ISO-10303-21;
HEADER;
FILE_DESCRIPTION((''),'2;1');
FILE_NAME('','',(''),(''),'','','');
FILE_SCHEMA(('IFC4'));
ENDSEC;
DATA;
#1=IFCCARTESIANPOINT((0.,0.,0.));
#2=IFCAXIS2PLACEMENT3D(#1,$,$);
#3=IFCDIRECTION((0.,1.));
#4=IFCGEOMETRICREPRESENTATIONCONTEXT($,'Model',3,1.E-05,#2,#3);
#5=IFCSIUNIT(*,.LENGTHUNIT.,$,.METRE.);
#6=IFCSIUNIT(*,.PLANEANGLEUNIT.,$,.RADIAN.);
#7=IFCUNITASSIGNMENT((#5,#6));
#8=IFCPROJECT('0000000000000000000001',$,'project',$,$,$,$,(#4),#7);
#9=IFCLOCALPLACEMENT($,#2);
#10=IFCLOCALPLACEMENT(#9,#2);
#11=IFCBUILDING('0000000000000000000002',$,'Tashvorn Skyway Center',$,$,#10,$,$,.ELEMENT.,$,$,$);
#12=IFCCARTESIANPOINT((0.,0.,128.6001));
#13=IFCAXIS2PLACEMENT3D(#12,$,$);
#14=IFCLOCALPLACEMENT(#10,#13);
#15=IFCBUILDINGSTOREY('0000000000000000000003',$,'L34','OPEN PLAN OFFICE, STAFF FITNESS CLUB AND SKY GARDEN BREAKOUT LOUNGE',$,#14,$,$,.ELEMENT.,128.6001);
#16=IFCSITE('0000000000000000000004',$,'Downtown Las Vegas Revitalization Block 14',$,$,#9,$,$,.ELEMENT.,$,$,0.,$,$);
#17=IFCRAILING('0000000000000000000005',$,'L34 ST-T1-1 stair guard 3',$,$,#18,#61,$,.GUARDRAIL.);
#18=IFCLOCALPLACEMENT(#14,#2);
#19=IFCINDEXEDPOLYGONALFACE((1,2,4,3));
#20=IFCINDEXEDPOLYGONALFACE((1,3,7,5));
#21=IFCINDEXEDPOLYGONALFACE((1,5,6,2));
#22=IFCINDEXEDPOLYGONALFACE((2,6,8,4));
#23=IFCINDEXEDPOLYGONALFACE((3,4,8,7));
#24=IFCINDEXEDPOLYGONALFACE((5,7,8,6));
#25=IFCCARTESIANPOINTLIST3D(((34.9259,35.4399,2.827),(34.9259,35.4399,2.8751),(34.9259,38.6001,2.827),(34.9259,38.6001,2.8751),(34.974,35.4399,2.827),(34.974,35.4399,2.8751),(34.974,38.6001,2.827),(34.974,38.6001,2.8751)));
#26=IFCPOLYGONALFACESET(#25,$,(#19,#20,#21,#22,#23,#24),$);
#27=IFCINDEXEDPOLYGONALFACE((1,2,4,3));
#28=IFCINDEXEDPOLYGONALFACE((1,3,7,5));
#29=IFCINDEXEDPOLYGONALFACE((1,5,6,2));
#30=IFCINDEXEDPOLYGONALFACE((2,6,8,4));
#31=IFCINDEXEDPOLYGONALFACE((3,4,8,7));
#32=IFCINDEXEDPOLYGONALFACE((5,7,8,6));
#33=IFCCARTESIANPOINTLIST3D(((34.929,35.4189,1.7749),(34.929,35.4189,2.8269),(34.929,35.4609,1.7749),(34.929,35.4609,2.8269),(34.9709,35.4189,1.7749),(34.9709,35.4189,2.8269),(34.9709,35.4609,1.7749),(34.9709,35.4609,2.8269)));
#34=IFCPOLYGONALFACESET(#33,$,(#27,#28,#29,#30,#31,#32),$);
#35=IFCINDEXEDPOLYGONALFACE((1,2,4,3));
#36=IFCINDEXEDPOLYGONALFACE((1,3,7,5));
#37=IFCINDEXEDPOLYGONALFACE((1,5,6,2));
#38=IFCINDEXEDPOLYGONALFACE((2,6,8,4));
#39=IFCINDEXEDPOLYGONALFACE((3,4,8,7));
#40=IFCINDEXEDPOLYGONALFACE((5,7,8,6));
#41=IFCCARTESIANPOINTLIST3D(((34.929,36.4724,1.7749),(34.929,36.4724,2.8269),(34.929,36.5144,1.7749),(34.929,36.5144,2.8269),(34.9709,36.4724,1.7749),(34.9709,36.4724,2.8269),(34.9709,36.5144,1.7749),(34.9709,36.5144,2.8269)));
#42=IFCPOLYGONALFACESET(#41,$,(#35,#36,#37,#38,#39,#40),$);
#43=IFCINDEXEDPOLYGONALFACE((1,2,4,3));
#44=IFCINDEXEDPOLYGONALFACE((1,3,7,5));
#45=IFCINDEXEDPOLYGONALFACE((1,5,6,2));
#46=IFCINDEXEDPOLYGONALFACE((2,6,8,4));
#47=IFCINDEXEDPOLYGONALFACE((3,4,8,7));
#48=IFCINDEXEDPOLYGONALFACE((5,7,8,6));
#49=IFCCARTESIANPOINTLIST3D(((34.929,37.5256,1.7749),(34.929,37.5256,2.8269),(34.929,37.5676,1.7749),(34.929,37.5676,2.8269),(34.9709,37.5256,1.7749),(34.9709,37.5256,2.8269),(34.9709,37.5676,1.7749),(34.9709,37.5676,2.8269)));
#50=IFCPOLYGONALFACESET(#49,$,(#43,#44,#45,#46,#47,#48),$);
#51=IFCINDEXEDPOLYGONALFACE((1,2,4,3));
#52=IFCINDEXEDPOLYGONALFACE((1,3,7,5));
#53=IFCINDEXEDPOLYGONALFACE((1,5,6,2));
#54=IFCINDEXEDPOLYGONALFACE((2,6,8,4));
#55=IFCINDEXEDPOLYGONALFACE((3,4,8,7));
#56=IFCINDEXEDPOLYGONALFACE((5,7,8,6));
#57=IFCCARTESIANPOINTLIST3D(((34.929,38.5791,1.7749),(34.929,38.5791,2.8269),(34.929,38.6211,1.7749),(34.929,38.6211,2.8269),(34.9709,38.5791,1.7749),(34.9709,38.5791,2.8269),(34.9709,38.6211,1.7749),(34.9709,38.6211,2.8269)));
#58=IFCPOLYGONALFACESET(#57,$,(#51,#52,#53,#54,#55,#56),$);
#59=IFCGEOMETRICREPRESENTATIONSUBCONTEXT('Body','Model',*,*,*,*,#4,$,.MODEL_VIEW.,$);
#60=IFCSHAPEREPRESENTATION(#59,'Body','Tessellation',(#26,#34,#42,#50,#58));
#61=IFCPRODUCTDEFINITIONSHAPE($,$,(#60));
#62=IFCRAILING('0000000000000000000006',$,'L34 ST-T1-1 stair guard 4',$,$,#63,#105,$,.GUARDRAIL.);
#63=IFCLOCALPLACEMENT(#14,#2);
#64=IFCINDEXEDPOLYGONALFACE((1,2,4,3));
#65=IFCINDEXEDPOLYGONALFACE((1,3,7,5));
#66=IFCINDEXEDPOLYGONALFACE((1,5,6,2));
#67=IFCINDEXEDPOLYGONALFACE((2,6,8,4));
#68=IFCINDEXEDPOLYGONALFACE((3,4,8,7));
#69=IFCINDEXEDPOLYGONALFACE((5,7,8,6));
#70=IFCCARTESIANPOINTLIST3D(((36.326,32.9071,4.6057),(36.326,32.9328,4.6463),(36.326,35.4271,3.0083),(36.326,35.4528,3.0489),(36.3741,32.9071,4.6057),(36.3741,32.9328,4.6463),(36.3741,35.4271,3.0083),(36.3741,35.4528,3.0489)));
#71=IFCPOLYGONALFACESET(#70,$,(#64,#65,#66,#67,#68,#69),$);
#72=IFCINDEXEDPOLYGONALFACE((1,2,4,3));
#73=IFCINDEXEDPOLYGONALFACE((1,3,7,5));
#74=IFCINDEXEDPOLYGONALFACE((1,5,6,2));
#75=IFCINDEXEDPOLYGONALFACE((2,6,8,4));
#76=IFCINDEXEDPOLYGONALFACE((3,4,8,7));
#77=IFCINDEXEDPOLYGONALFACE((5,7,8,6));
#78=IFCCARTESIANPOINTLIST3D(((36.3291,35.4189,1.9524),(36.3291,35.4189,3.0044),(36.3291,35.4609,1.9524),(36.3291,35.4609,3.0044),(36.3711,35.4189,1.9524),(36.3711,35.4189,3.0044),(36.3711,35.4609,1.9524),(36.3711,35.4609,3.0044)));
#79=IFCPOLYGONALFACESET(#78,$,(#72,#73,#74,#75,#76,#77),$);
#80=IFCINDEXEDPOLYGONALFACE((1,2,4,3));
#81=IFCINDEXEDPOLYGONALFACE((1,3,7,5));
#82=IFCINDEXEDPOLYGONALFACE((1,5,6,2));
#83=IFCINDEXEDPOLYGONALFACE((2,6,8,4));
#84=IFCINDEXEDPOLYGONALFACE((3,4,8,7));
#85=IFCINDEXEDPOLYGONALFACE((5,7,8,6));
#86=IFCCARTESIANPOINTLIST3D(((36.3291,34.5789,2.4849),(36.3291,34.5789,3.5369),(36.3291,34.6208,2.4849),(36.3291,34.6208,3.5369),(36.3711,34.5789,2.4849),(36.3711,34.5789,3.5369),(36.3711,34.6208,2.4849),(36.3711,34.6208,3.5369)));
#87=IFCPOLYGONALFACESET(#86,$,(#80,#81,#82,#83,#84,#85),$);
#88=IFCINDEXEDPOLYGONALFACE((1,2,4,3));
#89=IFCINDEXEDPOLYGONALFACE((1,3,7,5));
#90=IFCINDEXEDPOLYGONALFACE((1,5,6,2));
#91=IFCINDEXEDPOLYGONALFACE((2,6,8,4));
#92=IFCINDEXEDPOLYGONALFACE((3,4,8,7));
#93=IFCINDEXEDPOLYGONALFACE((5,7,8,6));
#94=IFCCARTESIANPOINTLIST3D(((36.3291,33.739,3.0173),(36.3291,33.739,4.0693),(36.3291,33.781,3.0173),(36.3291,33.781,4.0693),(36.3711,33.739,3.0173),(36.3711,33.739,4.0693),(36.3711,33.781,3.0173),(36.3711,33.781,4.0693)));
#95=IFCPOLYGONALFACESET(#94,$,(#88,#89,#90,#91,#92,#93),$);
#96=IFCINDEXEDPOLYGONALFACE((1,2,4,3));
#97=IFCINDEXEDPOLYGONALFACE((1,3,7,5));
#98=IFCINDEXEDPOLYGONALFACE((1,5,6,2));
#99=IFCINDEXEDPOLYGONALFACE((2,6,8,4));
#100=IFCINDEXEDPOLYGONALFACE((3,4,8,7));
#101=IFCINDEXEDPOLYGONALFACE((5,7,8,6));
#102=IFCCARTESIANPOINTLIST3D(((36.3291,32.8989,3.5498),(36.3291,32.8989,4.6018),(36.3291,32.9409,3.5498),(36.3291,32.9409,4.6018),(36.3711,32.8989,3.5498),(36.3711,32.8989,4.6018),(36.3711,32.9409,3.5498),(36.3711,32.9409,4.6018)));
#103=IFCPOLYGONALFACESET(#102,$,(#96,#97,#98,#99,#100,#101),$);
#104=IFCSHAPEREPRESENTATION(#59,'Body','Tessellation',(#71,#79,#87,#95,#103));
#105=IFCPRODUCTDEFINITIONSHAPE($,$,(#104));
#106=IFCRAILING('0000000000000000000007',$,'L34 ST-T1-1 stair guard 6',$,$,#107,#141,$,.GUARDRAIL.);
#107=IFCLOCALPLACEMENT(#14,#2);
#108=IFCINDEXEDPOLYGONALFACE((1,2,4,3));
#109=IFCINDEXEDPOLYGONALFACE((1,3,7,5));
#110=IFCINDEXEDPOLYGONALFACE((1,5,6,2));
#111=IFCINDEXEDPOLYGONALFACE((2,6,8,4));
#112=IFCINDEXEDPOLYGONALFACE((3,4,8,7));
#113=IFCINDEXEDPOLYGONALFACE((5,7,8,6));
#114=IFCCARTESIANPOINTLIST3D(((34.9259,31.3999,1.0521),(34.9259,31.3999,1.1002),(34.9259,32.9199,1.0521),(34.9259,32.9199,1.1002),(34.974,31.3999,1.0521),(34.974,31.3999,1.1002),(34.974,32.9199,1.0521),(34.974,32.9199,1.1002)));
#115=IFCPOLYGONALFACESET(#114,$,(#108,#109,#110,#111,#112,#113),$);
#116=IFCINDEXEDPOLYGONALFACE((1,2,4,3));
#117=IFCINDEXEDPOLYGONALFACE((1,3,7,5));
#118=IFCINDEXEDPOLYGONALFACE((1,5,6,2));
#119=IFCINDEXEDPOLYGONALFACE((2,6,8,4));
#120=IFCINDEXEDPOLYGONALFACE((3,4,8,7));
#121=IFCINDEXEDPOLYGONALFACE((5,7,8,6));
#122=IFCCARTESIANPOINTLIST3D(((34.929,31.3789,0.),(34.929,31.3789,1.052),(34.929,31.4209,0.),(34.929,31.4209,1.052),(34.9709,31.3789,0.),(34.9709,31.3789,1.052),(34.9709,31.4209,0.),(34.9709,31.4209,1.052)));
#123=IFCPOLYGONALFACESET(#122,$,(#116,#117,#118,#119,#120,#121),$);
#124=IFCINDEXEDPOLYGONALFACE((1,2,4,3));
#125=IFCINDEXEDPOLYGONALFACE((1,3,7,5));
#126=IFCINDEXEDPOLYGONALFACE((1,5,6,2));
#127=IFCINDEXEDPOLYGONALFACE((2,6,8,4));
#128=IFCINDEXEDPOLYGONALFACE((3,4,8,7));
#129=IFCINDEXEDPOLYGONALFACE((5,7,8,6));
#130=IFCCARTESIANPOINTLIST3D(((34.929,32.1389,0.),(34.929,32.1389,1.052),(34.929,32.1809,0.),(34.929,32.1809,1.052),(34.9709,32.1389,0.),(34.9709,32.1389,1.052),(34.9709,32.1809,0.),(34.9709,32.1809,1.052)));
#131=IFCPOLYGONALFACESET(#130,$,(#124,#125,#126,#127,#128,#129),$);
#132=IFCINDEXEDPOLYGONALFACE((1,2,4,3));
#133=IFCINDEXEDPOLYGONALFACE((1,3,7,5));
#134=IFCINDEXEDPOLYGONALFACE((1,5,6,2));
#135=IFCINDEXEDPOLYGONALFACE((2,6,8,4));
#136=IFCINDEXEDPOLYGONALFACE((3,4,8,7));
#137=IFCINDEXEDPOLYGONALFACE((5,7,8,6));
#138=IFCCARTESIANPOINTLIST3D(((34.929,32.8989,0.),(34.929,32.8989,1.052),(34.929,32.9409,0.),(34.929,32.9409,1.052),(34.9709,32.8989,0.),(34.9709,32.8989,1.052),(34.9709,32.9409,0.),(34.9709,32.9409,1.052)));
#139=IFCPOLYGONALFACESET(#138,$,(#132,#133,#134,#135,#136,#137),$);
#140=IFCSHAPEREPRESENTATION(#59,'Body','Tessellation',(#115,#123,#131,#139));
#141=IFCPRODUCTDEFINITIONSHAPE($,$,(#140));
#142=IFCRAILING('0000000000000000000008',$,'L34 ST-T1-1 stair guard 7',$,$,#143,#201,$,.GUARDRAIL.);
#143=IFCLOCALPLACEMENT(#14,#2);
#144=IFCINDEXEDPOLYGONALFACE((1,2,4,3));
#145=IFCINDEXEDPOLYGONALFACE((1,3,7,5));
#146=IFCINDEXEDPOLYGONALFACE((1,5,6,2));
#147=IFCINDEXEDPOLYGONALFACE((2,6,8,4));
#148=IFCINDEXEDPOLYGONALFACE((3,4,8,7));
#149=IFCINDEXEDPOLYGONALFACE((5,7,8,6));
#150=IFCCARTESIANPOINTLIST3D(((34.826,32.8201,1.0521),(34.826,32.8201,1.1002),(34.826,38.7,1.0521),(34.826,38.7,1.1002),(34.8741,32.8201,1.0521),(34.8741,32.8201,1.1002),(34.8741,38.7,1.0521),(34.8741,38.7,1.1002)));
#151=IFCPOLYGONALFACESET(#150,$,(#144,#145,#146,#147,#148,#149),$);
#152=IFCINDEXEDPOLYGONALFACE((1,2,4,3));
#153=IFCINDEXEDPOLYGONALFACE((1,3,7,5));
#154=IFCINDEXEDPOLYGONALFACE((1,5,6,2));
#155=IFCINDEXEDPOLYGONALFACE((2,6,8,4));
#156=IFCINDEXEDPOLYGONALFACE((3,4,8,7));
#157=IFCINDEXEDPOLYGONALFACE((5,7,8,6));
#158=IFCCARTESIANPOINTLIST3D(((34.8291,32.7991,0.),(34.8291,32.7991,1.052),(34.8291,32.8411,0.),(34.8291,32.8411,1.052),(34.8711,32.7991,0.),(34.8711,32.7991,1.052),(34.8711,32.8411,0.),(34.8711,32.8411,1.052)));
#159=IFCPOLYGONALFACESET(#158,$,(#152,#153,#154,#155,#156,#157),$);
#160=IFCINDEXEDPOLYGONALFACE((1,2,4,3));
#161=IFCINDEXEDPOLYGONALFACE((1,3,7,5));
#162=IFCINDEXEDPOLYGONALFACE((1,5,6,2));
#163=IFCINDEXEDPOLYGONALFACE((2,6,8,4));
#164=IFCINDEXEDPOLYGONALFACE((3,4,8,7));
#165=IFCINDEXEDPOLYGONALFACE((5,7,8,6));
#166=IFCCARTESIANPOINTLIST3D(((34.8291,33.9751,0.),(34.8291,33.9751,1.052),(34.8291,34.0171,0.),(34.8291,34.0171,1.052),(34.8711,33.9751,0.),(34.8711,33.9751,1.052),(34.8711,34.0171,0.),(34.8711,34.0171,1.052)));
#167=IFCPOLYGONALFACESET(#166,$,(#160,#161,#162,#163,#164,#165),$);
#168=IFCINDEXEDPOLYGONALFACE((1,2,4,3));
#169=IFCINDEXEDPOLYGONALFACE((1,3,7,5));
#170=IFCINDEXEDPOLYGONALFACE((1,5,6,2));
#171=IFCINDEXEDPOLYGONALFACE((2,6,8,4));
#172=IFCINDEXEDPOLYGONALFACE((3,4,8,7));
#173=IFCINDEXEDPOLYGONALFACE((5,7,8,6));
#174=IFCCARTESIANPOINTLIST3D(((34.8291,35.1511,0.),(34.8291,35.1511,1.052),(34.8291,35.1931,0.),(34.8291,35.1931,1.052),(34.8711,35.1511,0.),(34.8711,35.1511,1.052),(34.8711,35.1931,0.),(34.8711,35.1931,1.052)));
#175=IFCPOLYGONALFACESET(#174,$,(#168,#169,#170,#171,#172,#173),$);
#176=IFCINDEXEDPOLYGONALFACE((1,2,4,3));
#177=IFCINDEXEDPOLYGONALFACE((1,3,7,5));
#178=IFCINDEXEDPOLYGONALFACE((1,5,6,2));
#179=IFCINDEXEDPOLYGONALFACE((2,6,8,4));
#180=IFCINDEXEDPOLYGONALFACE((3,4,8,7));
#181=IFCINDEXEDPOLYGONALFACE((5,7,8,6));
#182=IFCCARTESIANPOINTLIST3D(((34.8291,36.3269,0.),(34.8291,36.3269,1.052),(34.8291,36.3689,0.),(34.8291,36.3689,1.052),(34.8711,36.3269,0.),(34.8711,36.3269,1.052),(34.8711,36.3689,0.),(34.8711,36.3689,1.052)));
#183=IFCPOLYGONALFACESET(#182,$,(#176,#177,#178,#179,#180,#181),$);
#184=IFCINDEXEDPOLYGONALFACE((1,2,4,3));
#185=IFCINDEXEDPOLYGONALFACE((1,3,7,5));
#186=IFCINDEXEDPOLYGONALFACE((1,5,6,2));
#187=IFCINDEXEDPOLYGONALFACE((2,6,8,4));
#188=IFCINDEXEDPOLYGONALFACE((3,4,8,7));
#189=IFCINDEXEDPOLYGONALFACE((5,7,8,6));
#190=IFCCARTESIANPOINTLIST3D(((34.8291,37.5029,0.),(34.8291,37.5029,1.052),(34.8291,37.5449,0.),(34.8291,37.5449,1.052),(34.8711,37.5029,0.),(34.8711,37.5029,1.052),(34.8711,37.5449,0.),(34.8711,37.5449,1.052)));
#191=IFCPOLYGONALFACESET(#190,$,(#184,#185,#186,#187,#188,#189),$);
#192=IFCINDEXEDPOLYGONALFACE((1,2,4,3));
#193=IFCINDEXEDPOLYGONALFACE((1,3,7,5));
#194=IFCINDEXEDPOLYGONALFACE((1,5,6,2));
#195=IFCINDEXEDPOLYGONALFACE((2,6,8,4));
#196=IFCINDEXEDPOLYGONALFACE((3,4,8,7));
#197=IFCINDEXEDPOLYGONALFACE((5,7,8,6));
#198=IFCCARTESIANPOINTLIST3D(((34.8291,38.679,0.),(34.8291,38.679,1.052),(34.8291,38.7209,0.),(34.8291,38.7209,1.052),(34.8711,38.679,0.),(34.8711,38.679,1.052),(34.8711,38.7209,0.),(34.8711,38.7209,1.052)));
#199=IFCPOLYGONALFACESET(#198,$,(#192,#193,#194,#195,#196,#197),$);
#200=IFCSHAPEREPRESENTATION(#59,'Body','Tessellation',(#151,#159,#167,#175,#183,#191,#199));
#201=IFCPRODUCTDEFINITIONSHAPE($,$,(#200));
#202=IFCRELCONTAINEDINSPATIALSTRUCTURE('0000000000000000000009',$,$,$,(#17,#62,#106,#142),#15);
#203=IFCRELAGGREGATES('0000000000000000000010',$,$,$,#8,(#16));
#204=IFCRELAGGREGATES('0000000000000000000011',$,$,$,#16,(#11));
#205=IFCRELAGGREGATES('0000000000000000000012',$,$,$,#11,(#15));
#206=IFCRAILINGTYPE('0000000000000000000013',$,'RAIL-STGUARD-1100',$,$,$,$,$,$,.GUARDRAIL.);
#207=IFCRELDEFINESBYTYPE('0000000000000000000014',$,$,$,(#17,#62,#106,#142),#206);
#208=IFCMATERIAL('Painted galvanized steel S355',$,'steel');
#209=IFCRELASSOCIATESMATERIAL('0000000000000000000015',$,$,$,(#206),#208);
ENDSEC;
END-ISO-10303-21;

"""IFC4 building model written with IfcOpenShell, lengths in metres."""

from ifc_helpers import new_model, si_unit, direction, frame, origin, origin_2d, place, context, subcontext, project, spatial, rectangle, extrude, material, type_object, element, save


model = new_model("IFC4")

# Units and contexts
model_context = context("Model", 3, precision=1e-05, world=origin(), true_north=direction((0.0, 1.0)))
body_context = subcontext(model_context, "Body", "Model", "MODEL_VIEW")
ifc_project = project(units=[si_unit("LENGTHUNIT", "METRE"), si_unit("PLANEANGLEUNIT", "RADIAN")], contexts=[model_context])

# Site, building, storey
site_placement = place(None, origin())
site = spatial("IfcSite", under=ifc_project, at=site_placement, Name="Downtown Las Vegas Revitalization Block 14", CompositionType="ELEMENT", RefElevation=0.0)
building_placement = place(site_placement, origin())
building = spatial("IfcBuilding", under=site, at=building_placement, Name="Tashvorn Skyway Center", CompositionType="ELEMENT")
storey_placement = place(building_placement, frame((0.0, 0.0, 128.6001)))
storey = spatial("IfcBuildingStorey", under=building, at=storey_placement, Name="L34", Description="OPEN PLAN OFFICE, STAFF FITNESS CLUB AND SKY GARDEN BREAKOUT LOUNGE", CompositionType="ELEMENT", Elevation=128.6001)

# Railings
ifc_material_1 = material(Name="Painted galvanized steel S355", Category="steel")
railing_type_1 = type_object("IfcRailingType", Name="RAIL-STGUARD-1100", PredefinedType="GUARDRAIL", material=ifc_material_1)
railing_1_placement = place(storey_placement, frame((34.95, 35.4399, 1.7749)))
element("IfcRailing", 1, at=railing_1_placement, inside=storey, type_object=railing_type_1, Name="L34 ST-T1-1 stair guard 3", PredefinedType="GUARDRAIL", context=body_context, shape_type="SweptSolid", body=[
    extrude(rectangle(XDim=0.0481, YDim=0.0481, at=origin_2d()), frame((0.0, 0.0, 1.0762), z_axis=(0.0, 1.0, 0.0), x_axis=(-1.0, 0.0, 0.0)), (0.0, 0.0, 1.0), 3.1602),
    extrude(rectangle(XDim=0.042, YDim=0.042, at=origin_2d()), origin(), (0.0, 0.0, 1.0), 1.052),
    extrude(rectangle(XDim=0.042, YDim=0.042, at=origin_2d()), frame((0.0, 1.0535, 0.0)), (0.0, 0.0, 1.0), 1.052),
    extrude(rectangle(XDim=0.042, YDim=0.042, at=origin_2d()), frame((0.0, 2.1067, 0.0)), (0.0, 0.0, 1.0), 1.052),
    extrude(rectangle(XDim=0.042, YDim=0.042, at=origin_2d()), frame((0.0, 3.1602, 0.0)), (0.0, 0.0, 1.0), 1.052),
])
railing_2_placement = place(storey_placement, frame((36.3501, 35.4399, 1.9524)))
element("IfcRailing", 2, at=railing_2_placement, inside=storey, type_object=railing_type_1, Name="L34 ST-T1-1 stair guard 4", PredefinedType="GUARDRAIL", context=body_context, shape_type="SweptSolid", body=[
    extrude(rectangle(XDim=0.0481, YDim=0.0481, at=origin_2d()), frame((0.0, 0.0, 1.0762), z_axis=(0.0, -0.844607, 0.535387), x_axis=(1.0, 0.0, 0.0)), (0.0, 0.0, 1.0), 2.9836),
    extrude(rectangle(XDim=0.042, YDim=0.042, at=origin_2d()), origin(), (0.0, 0.0, 1.0), 1.052),
    extrude(rectangle(XDim=0.042, YDim=0.042, at=origin_2d()), frame((0.0, -0.8401, 0.5325)), (0.0, 0.0, 1.0), 1.052),
    extrude(rectangle(XDim=0.042, YDim=0.042, at=origin_2d()), frame((0.0, -1.6799, 1.0649)), (0.0, 0.0, 1.0), 1.052),
    extrude(rectangle(XDim=0.042, YDim=0.042, at=origin_2d()), frame((0.0, -2.52, 1.5974)), (0.0, 0.0, 1.0), 1.052),
])
railing_3_placement = place(storey_placement, frame((34.95, 31.3999, 0.0)))
element("IfcRailing", 3, at=railing_3_placement, inside=storey, type_object=railing_type_1, Name="L34 ST-T1-1 stair guard 6", PredefinedType="GUARDRAIL", context=body_context, shape_type="SweptSolid", body=[
    extrude(rectangle(XDim=0.0481, YDim=0.0481, at=origin_2d()), frame((0.0, 0.0, 1.0762), z_axis=(0.0, 1.0, 0.0), x_axis=(-1.0, 0.0, 0.0)), (0.0, 0.0, 1.0), 1.52),
    extrude(rectangle(XDim=0.042, YDim=0.042, at=origin_2d()), origin(), (0.0, 0.0, 1.0), 1.052),
    extrude(rectangle(XDim=0.042, YDim=0.042, at=origin_2d()), frame((0.0, 0.76, 0.0)), (0.0, 0.0, 1.0), 1.052),
    extrude(rectangle(XDim=0.042, YDim=0.042, at=origin_2d()), frame((0.0, 1.52, 0.0)), (0.0, 0.0, 1.0), 1.052),
])
railing_4_placement = place(storey_placement, frame((34.8501, 32.8201, 0.0)))
element("IfcRailing", 4, at=railing_4_placement, inside=storey, type_object=railing_type_1, Name="L34 ST-T1-1 stair guard 7", PredefinedType="GUARDRAIL", context=body_context, shape_type="SweptSolid", body=[
    extrude(rectangle(XDim=0.0481, YDim=0.0481, at=origin_2d()), frame((0.0, 0.0, 1.0762), z_axis=(0.0, 1.0, 0.0), x_axis=(-1.0, 0.0, 0.0)), (0.0, 0.0, 1.0), 5.8799),
    extrude(rectangle(XDim=0.042, YDim=0.042, at=origin_2d()), origin(), (0.0, 0.0, 1.0), 1.052),
    extrude(rectangle(XDim=0.042, YDim=0.042, at=origin_2d()), frame((0.0, 1.176, 0.0)), (0.0, 0.0, 1.0), 1.052),
    extrude(rectangle(XDim=0.042, YDim=0.042, at=origin_2d()), frame((0.0, 2.3521, 0.0)), (0.0, 0.0, 1.0), 1.052),
    extrude(rectangle(XDim=0.042, YDim=0.042, at=origin_2d()), frame((0.0, 3.5278, 0.0)), (0.0, 0.0, 1.0), 1.052),
    extrude(rectangle(XDim=0.042, YDim=0.042, at=origin_2d()), frame((0.0, 4.7039, 0.0)), (0.0, 0.0, 1.0), 1.052),
    extrude(rectangle(XDim=0.042, YDim=0.042, at=origin_2d()), frame((0.0, 5.8799, 0.0)), (0.0, 0.0, 1.0), 1.052),
])

save(model, "model.ifc")
